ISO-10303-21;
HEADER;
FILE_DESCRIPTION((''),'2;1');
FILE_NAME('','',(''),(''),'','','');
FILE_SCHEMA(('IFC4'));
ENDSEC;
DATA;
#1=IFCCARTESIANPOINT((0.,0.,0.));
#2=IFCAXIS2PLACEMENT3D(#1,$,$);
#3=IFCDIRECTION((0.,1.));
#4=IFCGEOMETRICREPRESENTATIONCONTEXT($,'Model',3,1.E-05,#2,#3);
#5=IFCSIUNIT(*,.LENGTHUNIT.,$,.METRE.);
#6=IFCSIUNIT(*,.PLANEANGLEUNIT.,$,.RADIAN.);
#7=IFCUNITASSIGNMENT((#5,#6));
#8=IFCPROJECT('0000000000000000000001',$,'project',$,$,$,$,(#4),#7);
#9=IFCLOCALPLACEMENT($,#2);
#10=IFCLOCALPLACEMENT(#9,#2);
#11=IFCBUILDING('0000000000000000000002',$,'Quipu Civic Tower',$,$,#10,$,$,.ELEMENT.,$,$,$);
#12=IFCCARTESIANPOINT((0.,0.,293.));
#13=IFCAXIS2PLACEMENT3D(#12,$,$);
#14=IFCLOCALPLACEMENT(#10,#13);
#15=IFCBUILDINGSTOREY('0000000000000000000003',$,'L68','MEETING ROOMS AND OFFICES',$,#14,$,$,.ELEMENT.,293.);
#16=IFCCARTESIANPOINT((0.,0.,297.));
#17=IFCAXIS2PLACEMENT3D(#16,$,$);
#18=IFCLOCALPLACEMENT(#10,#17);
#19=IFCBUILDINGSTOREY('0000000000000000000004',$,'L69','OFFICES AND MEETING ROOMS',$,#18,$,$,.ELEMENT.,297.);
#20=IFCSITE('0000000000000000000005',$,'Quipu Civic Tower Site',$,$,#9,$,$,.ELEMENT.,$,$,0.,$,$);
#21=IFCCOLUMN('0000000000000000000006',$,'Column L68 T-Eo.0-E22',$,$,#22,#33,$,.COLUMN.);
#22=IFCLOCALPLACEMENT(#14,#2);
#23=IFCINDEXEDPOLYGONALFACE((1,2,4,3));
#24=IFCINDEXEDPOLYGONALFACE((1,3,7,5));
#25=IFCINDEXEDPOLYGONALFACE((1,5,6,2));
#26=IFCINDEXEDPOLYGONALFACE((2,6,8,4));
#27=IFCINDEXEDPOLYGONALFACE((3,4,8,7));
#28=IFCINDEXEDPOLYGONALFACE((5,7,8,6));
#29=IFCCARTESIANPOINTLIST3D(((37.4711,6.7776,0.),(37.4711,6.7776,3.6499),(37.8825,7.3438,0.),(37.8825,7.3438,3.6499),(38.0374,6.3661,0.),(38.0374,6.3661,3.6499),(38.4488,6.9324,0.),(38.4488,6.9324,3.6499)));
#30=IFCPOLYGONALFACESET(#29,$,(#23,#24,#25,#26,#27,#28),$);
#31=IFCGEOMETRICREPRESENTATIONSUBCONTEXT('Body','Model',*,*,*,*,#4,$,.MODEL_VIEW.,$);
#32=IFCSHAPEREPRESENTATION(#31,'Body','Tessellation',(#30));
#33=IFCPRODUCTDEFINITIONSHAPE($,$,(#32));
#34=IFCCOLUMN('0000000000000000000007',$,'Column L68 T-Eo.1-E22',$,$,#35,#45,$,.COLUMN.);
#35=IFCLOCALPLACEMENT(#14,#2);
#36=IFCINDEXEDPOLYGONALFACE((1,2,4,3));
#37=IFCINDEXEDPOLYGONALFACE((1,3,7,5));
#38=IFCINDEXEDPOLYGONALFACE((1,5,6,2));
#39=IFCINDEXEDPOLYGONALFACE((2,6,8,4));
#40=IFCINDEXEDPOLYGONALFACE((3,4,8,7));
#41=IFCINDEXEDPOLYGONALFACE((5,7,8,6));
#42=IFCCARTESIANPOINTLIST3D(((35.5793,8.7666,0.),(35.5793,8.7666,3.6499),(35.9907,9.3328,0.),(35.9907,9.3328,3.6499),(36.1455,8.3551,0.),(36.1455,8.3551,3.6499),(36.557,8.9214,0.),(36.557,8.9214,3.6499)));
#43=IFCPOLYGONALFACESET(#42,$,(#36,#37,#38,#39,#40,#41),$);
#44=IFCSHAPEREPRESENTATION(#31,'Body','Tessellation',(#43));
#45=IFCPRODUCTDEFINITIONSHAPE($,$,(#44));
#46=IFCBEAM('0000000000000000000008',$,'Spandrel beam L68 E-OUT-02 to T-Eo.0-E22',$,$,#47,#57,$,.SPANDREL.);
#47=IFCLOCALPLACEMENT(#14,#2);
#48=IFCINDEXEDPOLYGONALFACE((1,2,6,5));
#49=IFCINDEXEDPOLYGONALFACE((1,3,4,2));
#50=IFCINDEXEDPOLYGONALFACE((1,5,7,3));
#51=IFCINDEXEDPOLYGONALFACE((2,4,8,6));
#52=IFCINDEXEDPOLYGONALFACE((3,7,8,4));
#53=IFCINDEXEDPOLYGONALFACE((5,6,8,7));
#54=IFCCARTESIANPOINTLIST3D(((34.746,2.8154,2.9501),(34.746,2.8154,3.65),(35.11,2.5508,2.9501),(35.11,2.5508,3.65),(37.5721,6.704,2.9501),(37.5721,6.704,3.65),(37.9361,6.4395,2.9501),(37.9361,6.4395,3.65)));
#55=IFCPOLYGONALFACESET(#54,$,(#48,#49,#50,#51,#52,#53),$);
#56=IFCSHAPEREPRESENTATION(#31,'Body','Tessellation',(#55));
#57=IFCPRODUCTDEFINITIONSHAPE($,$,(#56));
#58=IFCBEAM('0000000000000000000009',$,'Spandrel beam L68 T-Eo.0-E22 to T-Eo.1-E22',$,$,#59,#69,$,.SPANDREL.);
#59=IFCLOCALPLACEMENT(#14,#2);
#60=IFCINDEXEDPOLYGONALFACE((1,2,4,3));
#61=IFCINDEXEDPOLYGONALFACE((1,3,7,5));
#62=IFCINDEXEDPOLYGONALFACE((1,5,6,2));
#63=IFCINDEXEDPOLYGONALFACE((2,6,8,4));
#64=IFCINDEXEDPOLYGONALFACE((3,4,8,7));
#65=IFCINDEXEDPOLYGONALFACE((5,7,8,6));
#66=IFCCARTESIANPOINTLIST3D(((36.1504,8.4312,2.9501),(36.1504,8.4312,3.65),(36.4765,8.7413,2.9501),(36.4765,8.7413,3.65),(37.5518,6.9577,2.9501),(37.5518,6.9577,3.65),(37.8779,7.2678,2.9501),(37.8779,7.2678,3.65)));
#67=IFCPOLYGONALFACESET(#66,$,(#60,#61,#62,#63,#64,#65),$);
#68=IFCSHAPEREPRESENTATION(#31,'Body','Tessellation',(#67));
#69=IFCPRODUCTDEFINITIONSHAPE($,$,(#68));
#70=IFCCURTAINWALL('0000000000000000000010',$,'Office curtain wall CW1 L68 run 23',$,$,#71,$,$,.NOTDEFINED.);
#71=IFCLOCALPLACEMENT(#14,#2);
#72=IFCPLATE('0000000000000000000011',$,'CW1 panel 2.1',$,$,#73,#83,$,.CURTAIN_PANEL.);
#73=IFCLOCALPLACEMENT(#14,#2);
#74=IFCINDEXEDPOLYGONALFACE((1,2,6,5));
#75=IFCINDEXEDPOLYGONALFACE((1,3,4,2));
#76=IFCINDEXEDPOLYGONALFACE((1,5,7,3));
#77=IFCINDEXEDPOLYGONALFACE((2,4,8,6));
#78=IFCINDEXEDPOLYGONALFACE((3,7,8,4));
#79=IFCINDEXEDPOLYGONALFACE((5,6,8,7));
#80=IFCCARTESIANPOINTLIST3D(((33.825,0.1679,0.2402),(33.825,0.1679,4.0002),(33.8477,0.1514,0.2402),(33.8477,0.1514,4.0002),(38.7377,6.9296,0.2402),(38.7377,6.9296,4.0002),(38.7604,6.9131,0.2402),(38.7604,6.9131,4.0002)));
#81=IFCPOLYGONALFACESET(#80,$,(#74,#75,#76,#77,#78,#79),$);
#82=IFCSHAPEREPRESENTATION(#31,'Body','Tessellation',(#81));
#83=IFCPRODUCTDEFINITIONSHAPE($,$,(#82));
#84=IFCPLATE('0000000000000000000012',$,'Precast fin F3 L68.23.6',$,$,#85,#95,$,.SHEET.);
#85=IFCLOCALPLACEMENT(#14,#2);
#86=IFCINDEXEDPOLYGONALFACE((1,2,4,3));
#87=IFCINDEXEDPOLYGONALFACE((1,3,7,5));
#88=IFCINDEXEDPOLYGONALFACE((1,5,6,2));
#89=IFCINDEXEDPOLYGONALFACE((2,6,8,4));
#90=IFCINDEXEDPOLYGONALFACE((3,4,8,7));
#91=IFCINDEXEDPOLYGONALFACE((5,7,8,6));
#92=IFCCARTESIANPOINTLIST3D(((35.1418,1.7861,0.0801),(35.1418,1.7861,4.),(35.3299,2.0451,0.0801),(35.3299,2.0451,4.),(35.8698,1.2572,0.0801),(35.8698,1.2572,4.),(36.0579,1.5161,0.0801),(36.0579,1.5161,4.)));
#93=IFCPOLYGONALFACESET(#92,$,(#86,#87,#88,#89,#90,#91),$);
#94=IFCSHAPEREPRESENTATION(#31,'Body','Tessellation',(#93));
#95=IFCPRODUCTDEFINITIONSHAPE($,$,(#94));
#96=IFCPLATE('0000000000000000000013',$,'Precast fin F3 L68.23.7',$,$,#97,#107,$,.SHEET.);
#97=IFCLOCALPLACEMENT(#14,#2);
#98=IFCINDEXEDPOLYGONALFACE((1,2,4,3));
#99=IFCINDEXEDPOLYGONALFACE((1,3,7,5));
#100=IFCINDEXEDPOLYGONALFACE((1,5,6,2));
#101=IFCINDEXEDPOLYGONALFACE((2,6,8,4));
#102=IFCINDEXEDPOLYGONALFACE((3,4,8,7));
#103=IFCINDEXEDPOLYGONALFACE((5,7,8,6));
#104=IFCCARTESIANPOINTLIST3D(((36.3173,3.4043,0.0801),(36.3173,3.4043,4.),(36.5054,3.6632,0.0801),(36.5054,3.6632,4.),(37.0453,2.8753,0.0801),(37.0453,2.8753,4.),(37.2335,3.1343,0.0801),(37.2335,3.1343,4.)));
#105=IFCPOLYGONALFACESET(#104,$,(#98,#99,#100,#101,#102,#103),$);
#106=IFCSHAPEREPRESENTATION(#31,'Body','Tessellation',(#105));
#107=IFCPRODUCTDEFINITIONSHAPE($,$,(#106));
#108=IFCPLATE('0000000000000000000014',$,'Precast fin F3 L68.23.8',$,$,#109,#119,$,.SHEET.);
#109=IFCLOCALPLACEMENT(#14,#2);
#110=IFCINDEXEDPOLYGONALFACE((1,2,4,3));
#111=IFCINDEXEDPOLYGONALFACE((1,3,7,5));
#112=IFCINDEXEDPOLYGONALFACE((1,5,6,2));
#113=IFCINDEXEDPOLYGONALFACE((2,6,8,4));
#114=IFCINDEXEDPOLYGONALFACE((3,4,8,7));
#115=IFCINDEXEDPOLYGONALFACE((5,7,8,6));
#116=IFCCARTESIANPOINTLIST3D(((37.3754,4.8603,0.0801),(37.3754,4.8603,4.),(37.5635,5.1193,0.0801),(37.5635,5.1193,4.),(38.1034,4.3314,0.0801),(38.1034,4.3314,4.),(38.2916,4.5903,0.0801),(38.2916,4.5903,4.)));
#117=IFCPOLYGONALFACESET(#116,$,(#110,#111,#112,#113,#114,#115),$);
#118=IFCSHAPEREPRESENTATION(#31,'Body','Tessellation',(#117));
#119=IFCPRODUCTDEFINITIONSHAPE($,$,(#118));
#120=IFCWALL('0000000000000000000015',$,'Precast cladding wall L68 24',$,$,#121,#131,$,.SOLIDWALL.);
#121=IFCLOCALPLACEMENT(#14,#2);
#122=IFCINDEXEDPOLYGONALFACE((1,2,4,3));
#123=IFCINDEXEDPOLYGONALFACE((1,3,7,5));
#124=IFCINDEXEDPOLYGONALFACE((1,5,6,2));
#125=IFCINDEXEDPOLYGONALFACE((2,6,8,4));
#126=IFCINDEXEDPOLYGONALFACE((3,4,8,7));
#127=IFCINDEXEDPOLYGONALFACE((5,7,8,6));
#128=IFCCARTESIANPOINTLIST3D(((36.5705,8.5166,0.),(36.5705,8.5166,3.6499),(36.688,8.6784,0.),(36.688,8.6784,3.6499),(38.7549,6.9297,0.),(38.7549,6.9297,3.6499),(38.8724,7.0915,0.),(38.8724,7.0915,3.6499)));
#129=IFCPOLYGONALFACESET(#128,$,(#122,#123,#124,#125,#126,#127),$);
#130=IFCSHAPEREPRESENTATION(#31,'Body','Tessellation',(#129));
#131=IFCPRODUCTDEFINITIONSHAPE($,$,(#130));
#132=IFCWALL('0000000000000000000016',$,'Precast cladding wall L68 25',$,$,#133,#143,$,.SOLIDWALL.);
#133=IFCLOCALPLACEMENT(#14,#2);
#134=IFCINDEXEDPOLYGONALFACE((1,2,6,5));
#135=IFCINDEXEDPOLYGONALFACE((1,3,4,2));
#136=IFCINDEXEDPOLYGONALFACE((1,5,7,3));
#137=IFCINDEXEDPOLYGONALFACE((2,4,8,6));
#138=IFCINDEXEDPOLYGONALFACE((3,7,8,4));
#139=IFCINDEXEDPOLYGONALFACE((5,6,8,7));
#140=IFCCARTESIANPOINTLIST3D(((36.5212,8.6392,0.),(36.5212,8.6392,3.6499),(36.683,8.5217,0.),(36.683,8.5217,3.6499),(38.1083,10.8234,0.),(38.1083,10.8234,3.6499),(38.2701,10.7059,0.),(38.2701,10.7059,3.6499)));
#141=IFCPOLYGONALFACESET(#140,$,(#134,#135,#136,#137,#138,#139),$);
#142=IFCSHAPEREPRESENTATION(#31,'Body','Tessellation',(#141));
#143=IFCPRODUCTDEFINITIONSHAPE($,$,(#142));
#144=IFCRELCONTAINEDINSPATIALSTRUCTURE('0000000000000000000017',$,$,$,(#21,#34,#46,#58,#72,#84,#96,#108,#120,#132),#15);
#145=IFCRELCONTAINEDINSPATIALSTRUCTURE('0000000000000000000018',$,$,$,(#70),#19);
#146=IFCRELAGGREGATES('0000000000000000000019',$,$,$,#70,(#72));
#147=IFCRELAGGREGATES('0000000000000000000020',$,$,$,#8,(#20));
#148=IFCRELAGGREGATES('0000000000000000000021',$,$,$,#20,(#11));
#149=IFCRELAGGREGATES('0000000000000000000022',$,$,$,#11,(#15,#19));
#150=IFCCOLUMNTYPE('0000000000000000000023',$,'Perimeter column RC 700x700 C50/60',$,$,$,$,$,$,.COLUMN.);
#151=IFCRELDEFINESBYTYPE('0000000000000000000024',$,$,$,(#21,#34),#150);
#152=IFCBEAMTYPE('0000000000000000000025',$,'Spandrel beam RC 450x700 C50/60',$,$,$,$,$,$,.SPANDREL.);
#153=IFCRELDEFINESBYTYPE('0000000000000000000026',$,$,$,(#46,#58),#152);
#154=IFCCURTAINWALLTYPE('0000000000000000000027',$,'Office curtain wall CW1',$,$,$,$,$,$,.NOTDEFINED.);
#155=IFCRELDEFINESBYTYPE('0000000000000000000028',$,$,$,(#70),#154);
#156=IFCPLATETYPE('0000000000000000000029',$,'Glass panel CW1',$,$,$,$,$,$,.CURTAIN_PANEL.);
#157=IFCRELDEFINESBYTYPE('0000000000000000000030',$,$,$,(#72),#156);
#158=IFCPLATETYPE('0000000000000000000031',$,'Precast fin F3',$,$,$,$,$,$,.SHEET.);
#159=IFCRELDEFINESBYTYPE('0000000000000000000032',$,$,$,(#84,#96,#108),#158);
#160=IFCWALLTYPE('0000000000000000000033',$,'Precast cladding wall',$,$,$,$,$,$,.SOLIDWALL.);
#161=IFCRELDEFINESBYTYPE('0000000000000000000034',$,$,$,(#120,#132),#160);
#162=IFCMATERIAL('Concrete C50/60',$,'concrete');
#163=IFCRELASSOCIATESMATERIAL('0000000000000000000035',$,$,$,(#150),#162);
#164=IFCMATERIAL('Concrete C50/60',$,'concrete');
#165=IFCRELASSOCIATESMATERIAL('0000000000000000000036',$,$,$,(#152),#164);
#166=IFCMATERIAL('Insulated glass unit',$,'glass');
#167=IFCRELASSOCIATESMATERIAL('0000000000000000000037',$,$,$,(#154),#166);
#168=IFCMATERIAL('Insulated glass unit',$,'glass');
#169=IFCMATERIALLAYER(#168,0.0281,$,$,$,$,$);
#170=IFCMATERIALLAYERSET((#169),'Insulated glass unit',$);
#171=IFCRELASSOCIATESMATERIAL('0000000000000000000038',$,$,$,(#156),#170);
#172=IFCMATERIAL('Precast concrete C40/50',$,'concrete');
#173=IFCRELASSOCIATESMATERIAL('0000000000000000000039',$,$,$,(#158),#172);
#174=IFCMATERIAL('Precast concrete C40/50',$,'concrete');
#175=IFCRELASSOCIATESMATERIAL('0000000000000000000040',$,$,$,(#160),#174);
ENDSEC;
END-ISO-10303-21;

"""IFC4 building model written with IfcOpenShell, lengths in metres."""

from ifc_helpers import new_model, si_unit, direction, frame, frame_2d, origin, origin_2d, place, context, subcontext, project, spatial, rectangle, extrude, material, layer, layer_set, material_profile, profile_set, type_object, element, aggregate, save


model = new_model("IFC4")

# Units and contexts
model_context = context("Model", 3, precision=1e-05, world=origin(), true_north=direction((0.0, 1.0)))
body_context = subcontext(model_context, "Body", "Model", "MODEL_VIEW")
ifc_project = project(units=[si_unit("LENGTHUNIT", "METRE"), si_unit("PLANEANGLEUNIT", "RADIAN")], contexts=[model_context])

# Site, building, storey
site_placement = place(None, origin())
site = spatial("IfcSite", under=ifc_project, at=site_placement, Name="Quipu Civic Tower Site", CompositionType="ELEMENT", RefElevation=0.0)
building_placement = place(site_placement, origin())
building = spatial("IfcBuilding", under=site, at=building_placement, Name="Quipu Civic Tower", CompositionType="ELEMENT")
storey_1_placement = place(building_placement, frame((0.0, 0.0, 293.0)))
storey_1 = spatial("IfcBuildingStorey", under=building, at=storey_1_placement, Name="L68", Description="MEETING ROOMS AND OFFICES", CompositionType="ELEMENT", Elevation=293.0)

# Columns
ifc_material_1 = material(Name="Concrete C50/60", Category="concrete")
ifc_material_profile_1 = material_profile(ifc_material_1, rectangle(XDim=0.7, YDim=0.7, at=origin_2d()), Name="RC700x700")
ifc_profile_set_1 = profile_set([ifc_material_profile_1], Name="Concrete C50/60")
column_type = type_object("IfcColumnType", Name="Perimeter column RC 700x700 C50/60", PredefinedType="COLUMN", material=ifc_profile_set_1)
for number, where, z_axis, x_axis, name in (
    (1, (37.96, 6.855, 0.0), (0.0, 0.0, 1.0), (0.587785, 0.809017, 0.0), "Column L68 T-Eo.0-E22"),
    (2, (36.0681, 8.844, 0.0), (0.0, 0.0, 1.0), (0.587785, 0.809017, 0.0), "Column L68 T-Eo.1-E22"),
):
    element("IfcColumn", number, at=place(storey_1_placement, frame(where, z_axis=z_axis, x_axis=x_axis)), inside=storey_1, type_object=column_type, Name=name, PredefinedType="COLUMN", context=body_context, shape_type="SweptSolid", body=[
        extrude(rectangle(XDim=0.7, YDim=0.7, at=origin_2d()), origin(), (0.0, 0.0, 1.0), 3.6499),
    ])

# Beams
ifc_material_2 = material(Name="Concrete C50/60", Category="concrete")
ifc_material_profile_2 = material_profile(ifc_material_2, rectangle(XDim=0.45, YDim=0.7, at=origin_2d()), Name="RC450x700")
ifc_profile_set_2 = profile_set([ifc_material_profile_2], Name="Concrete C50/60")
beam_type = type_object("IfcBeamType", Name="Spandrel beam RC 450x700 C50/60", PredefinedType="SPANDREL", material=ifc_profile_set_2)
beam_1_placement = place(storey_1_placement, frame((34.928, 2.6831, 3.3), z_axis=(0.587906, 0.808929, 0.0), x_axis=(-0.808929, 0.587906, 0.0)))
element("IfcBeam", 3, at=beam_1_placement, inside=storey_1, type_object=beam_type, Name="Spandrel beam L68 E-OUT-02 to T-Eo.0-E22", PredefinedType="SPANDREL", context=body_context, shape_type="SweptSolid", body=[
    extrude(rectangle(XDim=0.45, YDim=0.7, at=origin_2d()), origin(), (0.0, 0.0, 1.0), 4.8071),
])
beam_2_placement = place(storey_1_placement, frame((37.7148, 7.1128, 3.3), z_axis=(-0.689175, 0.724595, 0.0), x_axis=(-0.724595, -0.689175, 0.0)))
element("IfcBeam", 4, at=beam_2_placement, inside=storey_1, type_object=beam_type, Name="Spandrel beam L68 T-Eo.0-E22 to T-Eo.1-E22", PredefinedType="SPANDREL", context=body_context, shape_type="SweptSolid", body=[
    extrude(rectangle(XDim=0.45, YDim=0.7, at=origin_2d()), origin(), (0.0, 0.0, 1.0), 2.0334),
])

# Shared definitions
storey_2_placement = place(building_placement, frame((0.0, 0.0, 297.0)))
storey_2 = spatial("IfcBuildingStorey", under=building, at=storey_2_placement, Name="L69", Description="OFFICES AND MEETING ROOMS", CompositionType="ELEMENT", Elevation=297.0)

# Curtain wall, plate
ifc_material_3 = material(Name="Insulated glass unit", Category="glass")
curtain_wall_type = type_object("IfcCurtainWallType", Name="Office curtain wall CW1", PredefinedType="NOTDEFINED", material=ifc_material_3)
curtain_wall_placement = place(storey_2_placement, origin())
curtain_wall = element("IfcCurtainWall", 5, at=curtain_wall_placement, inside=storey_2, type_object=curtain_wall_type, Name="Office curtain wall CW1 L68 run 23", PredefinedType="NOTDEFINED")
ifc_material_4 = material(Name="Insulated glass unit", Category="glass")
ifc_layer = layer(ifc_material_4, 0.0281)
ifc_layer_set = layer_set([ifc_layer], Name="Insulated glass unit")
plate_type_1 = type_object("IfcPlateType", Name="Glass panel CW1", PredefinedType="CURTAIN_PANEL", material=ifc_layer_set)
plate_placement = place(storey_1_placement, frame((36.2927, 3.5405, 0.2402), z_axis=(0.0, 0.0, 1.0), x_axis=(0.587786, 0.809016, 0.0)))
plate = element("IfcPlate", 6, at=plate_placement, inside=storey_1, type_object=plate_type_1, Name="CW1 panel 2.1", PredefinedType="CURTAIN_PANEL", context=body_context, shape_type="SweptSolid", body=[
    extrude(rectangle(XDim=8.3579, YDim=0.0281, at=origin_2d()), origin(), (0.0, 0.0, 1.0), 3.76),
])
aggregate(curtain_wall, [plate])

# Plates
ifc_material_5 = material(Name="Precast concrete C40/50", Category="concrete")
plate_type_2 = type_object("IfcPlateType", Name="Precast fin F3", PredefinedType="SHEET", material=ifc_material_5)
for number, where, z_axis, x_axis, name in (
    (7, (35.5999, 1.6511, 0.0801), (0.0, 0.0, 1.0), (0.587787, 0.809016, 0.0), "Precast fin F3 L68.23.6"),
    (8, (36.7754, 3.2693, 0.0801), (0.0, 0.0, 1.0), (0.587787, 0.809016, 0.0), "Precast fin F3 L68.23.7"),
    (9, (37.8335, 4.7253, 0.0801), (0.0, 0.0, 1.0), (0.587787, 0.809016, 0.0), "Precast fin F3 L68.23.8"),
):
    element("IfcPlate", number, at=place(storey_1_placement, frame(where, z_axis=z_axis, x_axis=x_axis)), inside=storey_1, type_object=plate_type_2, Name=name, PredefinedType="SHEET", context=body_context, shape_type="SweptSolid", body=[
        extrude(rectangle(XDim=0.3201, YDim=0.8999, at=origin_2d()), origin(), (0.0, 0.0, 1.0), 3.9199),
    ])

# Walls
ifc_material_6 = material(Name="Precast concrete C40/50", Category="concrete")
wall_type = type_object("IfcWallType", Name="Precast cladding wall", PredefinedType="SOLIDWALL", material=ifc_material_6)
for number, where, z_axis, x_axis, name in (
    (10, (38.8137, 7.0105, 0.0), (0.0, 0.0, 1.0), (-0.809033, 0.587763, 0.0), "Precast cladding wall L68 24"),
    (11, (36.6021, 8.5803, 0.0), (0.0, 0.0, 1.0), (0.587822, 0.80899, 0.0), "Precast cladding wall L68 25"),
):
    element("IfcWall", number, at=place(storey_1_placement, frame(where, z_axis=z_axis, x_axis=x_axis)), inside=storey_1, type_object=wall_type, Name=name, PredefinedType="SOLIDWALL", context=body_context, shape_type="SweptSolid", body=[
        extrude(rectangle(XDim=2.7, YDim=0.2, at=frame_2d((1.3501, 0.0))), origin(), (0.0, 0.0, 1.0), 3.6499),
    ])

save(model, "model.ifc")
